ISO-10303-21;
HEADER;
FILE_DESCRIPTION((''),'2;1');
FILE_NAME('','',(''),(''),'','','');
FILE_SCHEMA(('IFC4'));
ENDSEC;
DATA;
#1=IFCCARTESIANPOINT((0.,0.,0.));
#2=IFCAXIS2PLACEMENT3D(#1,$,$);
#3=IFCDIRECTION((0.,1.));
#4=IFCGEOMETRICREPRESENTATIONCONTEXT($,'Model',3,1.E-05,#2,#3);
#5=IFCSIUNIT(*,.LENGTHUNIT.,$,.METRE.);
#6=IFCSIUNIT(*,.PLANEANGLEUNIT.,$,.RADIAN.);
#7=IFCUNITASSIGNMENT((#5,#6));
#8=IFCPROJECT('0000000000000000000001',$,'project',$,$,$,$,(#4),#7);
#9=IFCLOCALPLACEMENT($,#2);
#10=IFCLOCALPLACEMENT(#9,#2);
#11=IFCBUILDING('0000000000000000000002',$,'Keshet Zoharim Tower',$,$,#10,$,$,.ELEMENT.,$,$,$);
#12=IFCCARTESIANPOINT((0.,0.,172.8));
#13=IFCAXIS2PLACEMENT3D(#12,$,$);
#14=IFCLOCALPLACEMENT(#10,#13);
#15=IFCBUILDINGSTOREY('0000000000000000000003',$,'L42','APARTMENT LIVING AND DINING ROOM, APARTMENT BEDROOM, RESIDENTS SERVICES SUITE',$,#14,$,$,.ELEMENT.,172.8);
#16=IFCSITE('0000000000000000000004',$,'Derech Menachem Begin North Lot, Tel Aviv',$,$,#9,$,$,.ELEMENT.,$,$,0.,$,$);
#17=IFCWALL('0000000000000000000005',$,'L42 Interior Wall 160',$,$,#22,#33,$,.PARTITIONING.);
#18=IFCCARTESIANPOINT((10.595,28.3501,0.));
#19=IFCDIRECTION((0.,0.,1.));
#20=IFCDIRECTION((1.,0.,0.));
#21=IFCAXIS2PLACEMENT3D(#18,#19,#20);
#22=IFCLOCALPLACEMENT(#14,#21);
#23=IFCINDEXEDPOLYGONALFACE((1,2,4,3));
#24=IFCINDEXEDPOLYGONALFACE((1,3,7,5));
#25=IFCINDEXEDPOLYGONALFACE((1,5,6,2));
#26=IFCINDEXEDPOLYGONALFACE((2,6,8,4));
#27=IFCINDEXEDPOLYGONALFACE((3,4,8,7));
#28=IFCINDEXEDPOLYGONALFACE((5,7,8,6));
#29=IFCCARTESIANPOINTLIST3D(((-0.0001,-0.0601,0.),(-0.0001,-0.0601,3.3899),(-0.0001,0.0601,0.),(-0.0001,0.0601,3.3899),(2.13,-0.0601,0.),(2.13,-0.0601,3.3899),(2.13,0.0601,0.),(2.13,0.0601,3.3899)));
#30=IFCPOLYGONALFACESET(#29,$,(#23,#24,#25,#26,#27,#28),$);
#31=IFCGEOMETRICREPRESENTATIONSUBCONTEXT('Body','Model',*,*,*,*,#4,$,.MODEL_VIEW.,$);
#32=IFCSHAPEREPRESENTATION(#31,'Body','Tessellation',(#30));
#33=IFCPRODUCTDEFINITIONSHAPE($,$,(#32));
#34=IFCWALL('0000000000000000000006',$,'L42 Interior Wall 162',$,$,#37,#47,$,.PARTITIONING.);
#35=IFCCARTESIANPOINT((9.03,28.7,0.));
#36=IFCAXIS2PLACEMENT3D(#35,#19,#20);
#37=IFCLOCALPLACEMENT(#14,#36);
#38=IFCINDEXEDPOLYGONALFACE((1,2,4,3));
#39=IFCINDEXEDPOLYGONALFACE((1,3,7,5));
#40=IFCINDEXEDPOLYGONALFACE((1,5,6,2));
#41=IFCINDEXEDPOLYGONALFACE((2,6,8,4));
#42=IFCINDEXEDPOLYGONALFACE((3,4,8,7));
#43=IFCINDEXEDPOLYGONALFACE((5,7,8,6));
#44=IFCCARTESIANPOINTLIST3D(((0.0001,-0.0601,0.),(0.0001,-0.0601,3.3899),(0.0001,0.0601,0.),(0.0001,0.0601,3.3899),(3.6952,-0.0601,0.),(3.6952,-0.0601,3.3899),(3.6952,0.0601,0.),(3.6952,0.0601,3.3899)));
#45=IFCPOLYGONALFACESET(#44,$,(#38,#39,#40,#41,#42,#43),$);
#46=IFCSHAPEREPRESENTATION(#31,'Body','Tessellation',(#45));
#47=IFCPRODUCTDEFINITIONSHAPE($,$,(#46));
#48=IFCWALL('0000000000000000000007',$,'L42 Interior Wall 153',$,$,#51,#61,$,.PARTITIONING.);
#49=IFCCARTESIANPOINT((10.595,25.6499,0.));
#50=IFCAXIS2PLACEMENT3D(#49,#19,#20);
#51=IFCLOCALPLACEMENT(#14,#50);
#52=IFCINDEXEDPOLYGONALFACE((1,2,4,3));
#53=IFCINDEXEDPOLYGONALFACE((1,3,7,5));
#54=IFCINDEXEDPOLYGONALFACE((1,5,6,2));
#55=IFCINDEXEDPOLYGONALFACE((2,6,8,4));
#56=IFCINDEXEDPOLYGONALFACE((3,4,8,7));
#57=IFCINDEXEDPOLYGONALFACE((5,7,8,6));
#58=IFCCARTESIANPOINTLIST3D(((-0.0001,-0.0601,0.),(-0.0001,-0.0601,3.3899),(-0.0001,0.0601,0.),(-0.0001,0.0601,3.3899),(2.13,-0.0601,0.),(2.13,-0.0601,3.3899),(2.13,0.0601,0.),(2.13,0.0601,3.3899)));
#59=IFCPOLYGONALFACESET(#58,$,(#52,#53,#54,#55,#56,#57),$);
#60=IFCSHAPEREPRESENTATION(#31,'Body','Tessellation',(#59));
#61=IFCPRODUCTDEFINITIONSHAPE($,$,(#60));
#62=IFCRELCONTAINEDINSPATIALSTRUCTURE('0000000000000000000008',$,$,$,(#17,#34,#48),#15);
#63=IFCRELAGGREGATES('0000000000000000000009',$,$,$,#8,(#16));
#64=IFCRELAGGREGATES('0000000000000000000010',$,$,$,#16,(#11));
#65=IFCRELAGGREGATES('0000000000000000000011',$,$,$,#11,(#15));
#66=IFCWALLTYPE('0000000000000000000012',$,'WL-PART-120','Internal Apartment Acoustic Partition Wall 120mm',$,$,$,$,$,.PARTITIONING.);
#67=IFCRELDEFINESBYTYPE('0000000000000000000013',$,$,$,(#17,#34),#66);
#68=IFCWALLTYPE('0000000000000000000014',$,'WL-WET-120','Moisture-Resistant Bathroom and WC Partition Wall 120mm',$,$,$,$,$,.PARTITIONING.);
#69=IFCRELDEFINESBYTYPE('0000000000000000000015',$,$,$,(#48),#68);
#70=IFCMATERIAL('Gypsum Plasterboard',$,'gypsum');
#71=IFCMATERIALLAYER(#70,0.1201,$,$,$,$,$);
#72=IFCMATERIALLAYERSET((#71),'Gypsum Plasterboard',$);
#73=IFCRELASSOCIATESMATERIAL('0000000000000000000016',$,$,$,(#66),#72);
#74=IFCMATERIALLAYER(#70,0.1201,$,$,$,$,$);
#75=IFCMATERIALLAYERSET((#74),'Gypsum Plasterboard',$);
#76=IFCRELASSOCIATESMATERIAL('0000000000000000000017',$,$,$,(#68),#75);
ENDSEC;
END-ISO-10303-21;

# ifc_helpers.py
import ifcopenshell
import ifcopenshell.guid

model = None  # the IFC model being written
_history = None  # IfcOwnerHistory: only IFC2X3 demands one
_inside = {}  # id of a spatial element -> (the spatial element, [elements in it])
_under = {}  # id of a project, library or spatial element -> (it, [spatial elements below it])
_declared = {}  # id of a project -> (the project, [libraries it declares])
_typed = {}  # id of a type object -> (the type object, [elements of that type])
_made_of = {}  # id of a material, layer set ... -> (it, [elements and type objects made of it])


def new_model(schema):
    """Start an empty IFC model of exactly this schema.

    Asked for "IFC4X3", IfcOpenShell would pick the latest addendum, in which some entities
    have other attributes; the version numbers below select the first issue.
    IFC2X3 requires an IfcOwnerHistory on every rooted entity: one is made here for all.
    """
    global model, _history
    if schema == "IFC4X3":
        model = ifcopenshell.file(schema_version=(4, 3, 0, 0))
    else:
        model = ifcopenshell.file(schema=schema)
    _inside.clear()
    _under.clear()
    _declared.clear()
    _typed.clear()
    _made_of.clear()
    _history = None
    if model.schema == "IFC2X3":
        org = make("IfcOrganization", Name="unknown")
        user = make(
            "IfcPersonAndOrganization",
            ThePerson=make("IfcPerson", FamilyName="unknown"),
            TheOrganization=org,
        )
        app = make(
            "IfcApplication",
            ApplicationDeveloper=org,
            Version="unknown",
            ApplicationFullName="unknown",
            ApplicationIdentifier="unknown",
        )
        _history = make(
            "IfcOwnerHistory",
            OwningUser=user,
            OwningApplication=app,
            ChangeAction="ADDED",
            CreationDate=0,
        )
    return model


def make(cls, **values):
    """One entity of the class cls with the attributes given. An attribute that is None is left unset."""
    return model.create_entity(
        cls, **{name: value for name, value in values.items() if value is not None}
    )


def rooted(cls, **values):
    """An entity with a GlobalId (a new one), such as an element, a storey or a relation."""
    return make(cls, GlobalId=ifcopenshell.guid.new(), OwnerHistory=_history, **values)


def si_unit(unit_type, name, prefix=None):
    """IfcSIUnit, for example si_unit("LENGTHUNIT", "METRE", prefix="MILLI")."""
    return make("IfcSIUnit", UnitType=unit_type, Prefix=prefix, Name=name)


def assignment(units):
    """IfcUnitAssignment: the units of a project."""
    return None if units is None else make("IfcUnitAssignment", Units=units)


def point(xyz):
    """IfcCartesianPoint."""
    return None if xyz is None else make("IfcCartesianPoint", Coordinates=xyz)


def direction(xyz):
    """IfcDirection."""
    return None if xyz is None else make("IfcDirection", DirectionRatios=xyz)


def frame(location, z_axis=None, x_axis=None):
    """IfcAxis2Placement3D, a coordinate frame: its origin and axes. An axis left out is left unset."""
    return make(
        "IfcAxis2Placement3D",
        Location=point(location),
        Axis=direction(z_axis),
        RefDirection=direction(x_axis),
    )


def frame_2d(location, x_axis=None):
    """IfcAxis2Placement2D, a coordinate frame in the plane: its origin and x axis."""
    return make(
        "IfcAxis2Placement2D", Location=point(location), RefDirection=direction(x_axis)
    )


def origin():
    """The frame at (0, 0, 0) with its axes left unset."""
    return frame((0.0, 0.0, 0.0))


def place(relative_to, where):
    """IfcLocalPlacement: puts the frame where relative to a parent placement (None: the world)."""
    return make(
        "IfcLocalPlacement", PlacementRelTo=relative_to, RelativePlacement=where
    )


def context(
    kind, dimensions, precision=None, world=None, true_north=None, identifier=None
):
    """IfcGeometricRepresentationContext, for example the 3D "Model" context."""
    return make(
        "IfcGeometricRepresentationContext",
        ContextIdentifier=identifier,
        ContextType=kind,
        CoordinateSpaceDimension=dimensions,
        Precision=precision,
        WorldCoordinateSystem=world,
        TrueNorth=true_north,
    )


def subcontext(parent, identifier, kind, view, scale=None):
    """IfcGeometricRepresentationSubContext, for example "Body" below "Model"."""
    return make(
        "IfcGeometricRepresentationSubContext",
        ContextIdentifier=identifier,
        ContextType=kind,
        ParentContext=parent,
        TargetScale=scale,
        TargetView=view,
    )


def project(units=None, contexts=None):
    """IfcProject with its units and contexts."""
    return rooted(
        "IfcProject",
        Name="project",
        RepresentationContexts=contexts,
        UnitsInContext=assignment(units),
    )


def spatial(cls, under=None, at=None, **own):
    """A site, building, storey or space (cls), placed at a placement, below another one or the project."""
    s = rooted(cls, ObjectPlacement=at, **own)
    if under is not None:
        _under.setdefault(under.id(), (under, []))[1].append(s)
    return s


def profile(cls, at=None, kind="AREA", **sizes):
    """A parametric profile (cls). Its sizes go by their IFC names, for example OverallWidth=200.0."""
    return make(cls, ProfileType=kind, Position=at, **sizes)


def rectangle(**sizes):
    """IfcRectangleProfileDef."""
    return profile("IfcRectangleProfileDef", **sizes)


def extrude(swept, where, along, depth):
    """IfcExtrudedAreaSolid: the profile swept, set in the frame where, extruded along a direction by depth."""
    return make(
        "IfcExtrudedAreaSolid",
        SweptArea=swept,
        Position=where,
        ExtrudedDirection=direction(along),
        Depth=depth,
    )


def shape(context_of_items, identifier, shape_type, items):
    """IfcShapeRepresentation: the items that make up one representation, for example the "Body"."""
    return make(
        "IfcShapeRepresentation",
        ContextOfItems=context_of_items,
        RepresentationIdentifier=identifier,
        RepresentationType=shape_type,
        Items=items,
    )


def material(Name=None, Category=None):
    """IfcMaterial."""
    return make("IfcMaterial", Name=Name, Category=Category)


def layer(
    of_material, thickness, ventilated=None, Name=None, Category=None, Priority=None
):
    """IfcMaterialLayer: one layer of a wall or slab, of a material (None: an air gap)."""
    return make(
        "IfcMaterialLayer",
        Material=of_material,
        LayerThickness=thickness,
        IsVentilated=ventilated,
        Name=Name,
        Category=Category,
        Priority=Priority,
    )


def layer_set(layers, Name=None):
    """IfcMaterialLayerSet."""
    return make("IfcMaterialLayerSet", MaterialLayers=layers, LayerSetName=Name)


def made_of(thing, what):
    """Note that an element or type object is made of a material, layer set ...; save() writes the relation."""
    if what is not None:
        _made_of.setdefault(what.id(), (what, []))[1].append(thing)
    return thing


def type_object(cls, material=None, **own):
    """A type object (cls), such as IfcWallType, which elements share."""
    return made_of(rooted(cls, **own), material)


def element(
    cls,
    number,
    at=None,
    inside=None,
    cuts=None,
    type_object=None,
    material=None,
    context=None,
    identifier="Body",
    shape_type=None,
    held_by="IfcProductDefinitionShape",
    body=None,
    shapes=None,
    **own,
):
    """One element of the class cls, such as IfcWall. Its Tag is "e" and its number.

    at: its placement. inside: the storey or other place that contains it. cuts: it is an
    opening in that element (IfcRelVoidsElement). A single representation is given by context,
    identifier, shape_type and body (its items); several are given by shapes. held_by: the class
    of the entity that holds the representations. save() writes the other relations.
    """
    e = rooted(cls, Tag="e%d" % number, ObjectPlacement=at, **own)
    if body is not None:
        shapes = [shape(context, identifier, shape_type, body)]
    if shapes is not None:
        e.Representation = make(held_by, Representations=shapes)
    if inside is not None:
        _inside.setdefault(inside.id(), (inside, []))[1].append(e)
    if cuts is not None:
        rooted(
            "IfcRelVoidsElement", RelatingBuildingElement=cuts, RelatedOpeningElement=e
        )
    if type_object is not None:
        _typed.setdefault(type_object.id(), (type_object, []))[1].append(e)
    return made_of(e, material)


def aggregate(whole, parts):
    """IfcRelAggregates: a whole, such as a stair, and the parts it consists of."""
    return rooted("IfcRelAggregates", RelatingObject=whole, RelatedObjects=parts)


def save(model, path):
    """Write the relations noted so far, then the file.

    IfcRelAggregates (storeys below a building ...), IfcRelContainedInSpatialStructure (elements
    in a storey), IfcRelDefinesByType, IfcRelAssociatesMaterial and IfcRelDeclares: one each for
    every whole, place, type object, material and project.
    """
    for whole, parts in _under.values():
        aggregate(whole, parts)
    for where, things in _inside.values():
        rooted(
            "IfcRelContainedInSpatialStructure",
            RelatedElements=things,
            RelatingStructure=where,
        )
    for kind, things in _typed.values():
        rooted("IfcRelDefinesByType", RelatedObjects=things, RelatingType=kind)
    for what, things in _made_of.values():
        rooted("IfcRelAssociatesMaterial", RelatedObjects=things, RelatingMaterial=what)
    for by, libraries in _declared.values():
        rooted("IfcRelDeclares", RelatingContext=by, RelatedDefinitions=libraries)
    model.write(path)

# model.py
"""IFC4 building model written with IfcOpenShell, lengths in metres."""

from ifc_helpers import new_model, si_unit, direction, frame, frame_2d, origin, place, context, subcontext, project, spatial, rectangle, extrude, material, layer, layer_set, type_object, element, save


model = new_model("IFC4")

# Units and contexts
model_context = context("Model", 3, precision=1e-05, world=origin(), true_north=direction((0.0, 1.0)))
body_context = subcontext(model_context, "Body", "Model", "MODEL_VIEW")
ifc_project = project(units=[si_unit("LENGTHUNIT", "METRE"), si_unit("PLANEANGLEUNIT", "RADIAN")], contexts=[model_context])

# Site, building, storey
site_placement = place(None, origin())
site = spatial("IfcSite", under=ifc_project, at=site_placement, Name="Derech Menachem Begin North Lot, Tel Aviv", CompositionType="ELEMENT", RefElevation=0.0)
building_placement = place(site_placement, origin())
building = spatial("IfcBuilding", under=site, at=building_placement, Name="Keshet Zoharim Tower", CompositionType="ELEMENT")
storey_placement = place(building_placement, frame((0.0, 0.0, 172.8)))
storey = spatial("IfcBuildingStorey", under=building, at=storey_placement, Name="L42", Description="APARTMENT LIVING AND DINING ROOM, APARTMENT BEDROOM, RESIDENTS SERVICES SUITE", CompositionType="ELEMENT", Elevation=172.8)

# Shared definitions
ifc_material_1 = material(Name="Gypsum Plasterboard", Category="gypsum")

# Shared definitions
ifc_layer_1 = layer(ifc_material_1, 0.1201)
ifc_layer_set_1 = layer_set([ifc_layer_1], Name="Gypsum Plasterboard")
wall_type_1 = type_object("IfcWallType", Name="WL-PART-120", Description="Internal Apartment Acoustic Partition Wall 120mm", PredefinedType="PARTITIONING", material=ifc_layer_set_1)

# Walls
wall_1_placement = place(storey_placement, frame((10.595, 28.3501, 0.0), z_axis=(0.0, 0.0, 1.0), x_axis=(1.0, 0.0, 0.0)))
element("IfcWall", 1, at=wall_1_placement, inside=storey, type_object=wall_type_1, Name="L42 Interior Wall 160", PredefinedType="PARTITIONING", context=body_context, shape_type="SweptSolid", body=[
    extrude(rectangle(XDim=2.1301, YDim=0.1201, at=frame_2d((1.0649, 0.0))), origin(), (0.0, 0.0, 1.0), 3.3899),
])
wall_2_placement = place(storey_placement, frame((9.03, 28.7, 0.0), z_axis=(0.0, 0.0, 1.0), x_axis=(1.0, 0.0, 0.0)))
element("IfcWall", 2, at=wall_2_placement, inside=storey, type_object=wall_type_1, Name="L42 Interior Wall 162", PredefinedType="PARTITIONING", context=body_context, shape_type="SweptSolid", body=[
    extrude(rectangle(XDim=3.6951, YDim=0.1201, at=frame_2d((1.8477, 0.0))), origin(), (0.0, 0.0, 1.0), 3.3899),
])

# Wall
ifc_layer_2 = layer(ifc_material_1, 0.1201)
ifc_layer_set_2 = layer_set([ifc_layer_2], Name="Gypsum Plasterboard")
wall_type_2 = type_object("IfcWallType", Name="WL-WET-120", Description="Moisture-Resistant Bathroom and WC Partition Wall 120mm", PredefinedType="PARTITIONING", material=ifc_layer_set_2)
wall_3_placement = place(storey_placement, frame((10.595, 25.6499, 0.0), z_axis=(0.0, 0.0, 1.0), x_axis=(1.0, 0.0, 0.0)))
element("IfcWall", 3, at=wall_3_placement, inside=storey, type_object=wall_type_2, Name="L42 Interior Wall 153", PredefinedType="PARTITIONING", context=body_context, shape_type="SweptSolid", body=[
    extrude(rectangle(XDim=2.1301, YDim=0.1201, at=frame_2d((1.0649, 0.0))), origin(), (0.0, 0.0, 1.0), 3.3899),
])

save(model, "model.ifc")
